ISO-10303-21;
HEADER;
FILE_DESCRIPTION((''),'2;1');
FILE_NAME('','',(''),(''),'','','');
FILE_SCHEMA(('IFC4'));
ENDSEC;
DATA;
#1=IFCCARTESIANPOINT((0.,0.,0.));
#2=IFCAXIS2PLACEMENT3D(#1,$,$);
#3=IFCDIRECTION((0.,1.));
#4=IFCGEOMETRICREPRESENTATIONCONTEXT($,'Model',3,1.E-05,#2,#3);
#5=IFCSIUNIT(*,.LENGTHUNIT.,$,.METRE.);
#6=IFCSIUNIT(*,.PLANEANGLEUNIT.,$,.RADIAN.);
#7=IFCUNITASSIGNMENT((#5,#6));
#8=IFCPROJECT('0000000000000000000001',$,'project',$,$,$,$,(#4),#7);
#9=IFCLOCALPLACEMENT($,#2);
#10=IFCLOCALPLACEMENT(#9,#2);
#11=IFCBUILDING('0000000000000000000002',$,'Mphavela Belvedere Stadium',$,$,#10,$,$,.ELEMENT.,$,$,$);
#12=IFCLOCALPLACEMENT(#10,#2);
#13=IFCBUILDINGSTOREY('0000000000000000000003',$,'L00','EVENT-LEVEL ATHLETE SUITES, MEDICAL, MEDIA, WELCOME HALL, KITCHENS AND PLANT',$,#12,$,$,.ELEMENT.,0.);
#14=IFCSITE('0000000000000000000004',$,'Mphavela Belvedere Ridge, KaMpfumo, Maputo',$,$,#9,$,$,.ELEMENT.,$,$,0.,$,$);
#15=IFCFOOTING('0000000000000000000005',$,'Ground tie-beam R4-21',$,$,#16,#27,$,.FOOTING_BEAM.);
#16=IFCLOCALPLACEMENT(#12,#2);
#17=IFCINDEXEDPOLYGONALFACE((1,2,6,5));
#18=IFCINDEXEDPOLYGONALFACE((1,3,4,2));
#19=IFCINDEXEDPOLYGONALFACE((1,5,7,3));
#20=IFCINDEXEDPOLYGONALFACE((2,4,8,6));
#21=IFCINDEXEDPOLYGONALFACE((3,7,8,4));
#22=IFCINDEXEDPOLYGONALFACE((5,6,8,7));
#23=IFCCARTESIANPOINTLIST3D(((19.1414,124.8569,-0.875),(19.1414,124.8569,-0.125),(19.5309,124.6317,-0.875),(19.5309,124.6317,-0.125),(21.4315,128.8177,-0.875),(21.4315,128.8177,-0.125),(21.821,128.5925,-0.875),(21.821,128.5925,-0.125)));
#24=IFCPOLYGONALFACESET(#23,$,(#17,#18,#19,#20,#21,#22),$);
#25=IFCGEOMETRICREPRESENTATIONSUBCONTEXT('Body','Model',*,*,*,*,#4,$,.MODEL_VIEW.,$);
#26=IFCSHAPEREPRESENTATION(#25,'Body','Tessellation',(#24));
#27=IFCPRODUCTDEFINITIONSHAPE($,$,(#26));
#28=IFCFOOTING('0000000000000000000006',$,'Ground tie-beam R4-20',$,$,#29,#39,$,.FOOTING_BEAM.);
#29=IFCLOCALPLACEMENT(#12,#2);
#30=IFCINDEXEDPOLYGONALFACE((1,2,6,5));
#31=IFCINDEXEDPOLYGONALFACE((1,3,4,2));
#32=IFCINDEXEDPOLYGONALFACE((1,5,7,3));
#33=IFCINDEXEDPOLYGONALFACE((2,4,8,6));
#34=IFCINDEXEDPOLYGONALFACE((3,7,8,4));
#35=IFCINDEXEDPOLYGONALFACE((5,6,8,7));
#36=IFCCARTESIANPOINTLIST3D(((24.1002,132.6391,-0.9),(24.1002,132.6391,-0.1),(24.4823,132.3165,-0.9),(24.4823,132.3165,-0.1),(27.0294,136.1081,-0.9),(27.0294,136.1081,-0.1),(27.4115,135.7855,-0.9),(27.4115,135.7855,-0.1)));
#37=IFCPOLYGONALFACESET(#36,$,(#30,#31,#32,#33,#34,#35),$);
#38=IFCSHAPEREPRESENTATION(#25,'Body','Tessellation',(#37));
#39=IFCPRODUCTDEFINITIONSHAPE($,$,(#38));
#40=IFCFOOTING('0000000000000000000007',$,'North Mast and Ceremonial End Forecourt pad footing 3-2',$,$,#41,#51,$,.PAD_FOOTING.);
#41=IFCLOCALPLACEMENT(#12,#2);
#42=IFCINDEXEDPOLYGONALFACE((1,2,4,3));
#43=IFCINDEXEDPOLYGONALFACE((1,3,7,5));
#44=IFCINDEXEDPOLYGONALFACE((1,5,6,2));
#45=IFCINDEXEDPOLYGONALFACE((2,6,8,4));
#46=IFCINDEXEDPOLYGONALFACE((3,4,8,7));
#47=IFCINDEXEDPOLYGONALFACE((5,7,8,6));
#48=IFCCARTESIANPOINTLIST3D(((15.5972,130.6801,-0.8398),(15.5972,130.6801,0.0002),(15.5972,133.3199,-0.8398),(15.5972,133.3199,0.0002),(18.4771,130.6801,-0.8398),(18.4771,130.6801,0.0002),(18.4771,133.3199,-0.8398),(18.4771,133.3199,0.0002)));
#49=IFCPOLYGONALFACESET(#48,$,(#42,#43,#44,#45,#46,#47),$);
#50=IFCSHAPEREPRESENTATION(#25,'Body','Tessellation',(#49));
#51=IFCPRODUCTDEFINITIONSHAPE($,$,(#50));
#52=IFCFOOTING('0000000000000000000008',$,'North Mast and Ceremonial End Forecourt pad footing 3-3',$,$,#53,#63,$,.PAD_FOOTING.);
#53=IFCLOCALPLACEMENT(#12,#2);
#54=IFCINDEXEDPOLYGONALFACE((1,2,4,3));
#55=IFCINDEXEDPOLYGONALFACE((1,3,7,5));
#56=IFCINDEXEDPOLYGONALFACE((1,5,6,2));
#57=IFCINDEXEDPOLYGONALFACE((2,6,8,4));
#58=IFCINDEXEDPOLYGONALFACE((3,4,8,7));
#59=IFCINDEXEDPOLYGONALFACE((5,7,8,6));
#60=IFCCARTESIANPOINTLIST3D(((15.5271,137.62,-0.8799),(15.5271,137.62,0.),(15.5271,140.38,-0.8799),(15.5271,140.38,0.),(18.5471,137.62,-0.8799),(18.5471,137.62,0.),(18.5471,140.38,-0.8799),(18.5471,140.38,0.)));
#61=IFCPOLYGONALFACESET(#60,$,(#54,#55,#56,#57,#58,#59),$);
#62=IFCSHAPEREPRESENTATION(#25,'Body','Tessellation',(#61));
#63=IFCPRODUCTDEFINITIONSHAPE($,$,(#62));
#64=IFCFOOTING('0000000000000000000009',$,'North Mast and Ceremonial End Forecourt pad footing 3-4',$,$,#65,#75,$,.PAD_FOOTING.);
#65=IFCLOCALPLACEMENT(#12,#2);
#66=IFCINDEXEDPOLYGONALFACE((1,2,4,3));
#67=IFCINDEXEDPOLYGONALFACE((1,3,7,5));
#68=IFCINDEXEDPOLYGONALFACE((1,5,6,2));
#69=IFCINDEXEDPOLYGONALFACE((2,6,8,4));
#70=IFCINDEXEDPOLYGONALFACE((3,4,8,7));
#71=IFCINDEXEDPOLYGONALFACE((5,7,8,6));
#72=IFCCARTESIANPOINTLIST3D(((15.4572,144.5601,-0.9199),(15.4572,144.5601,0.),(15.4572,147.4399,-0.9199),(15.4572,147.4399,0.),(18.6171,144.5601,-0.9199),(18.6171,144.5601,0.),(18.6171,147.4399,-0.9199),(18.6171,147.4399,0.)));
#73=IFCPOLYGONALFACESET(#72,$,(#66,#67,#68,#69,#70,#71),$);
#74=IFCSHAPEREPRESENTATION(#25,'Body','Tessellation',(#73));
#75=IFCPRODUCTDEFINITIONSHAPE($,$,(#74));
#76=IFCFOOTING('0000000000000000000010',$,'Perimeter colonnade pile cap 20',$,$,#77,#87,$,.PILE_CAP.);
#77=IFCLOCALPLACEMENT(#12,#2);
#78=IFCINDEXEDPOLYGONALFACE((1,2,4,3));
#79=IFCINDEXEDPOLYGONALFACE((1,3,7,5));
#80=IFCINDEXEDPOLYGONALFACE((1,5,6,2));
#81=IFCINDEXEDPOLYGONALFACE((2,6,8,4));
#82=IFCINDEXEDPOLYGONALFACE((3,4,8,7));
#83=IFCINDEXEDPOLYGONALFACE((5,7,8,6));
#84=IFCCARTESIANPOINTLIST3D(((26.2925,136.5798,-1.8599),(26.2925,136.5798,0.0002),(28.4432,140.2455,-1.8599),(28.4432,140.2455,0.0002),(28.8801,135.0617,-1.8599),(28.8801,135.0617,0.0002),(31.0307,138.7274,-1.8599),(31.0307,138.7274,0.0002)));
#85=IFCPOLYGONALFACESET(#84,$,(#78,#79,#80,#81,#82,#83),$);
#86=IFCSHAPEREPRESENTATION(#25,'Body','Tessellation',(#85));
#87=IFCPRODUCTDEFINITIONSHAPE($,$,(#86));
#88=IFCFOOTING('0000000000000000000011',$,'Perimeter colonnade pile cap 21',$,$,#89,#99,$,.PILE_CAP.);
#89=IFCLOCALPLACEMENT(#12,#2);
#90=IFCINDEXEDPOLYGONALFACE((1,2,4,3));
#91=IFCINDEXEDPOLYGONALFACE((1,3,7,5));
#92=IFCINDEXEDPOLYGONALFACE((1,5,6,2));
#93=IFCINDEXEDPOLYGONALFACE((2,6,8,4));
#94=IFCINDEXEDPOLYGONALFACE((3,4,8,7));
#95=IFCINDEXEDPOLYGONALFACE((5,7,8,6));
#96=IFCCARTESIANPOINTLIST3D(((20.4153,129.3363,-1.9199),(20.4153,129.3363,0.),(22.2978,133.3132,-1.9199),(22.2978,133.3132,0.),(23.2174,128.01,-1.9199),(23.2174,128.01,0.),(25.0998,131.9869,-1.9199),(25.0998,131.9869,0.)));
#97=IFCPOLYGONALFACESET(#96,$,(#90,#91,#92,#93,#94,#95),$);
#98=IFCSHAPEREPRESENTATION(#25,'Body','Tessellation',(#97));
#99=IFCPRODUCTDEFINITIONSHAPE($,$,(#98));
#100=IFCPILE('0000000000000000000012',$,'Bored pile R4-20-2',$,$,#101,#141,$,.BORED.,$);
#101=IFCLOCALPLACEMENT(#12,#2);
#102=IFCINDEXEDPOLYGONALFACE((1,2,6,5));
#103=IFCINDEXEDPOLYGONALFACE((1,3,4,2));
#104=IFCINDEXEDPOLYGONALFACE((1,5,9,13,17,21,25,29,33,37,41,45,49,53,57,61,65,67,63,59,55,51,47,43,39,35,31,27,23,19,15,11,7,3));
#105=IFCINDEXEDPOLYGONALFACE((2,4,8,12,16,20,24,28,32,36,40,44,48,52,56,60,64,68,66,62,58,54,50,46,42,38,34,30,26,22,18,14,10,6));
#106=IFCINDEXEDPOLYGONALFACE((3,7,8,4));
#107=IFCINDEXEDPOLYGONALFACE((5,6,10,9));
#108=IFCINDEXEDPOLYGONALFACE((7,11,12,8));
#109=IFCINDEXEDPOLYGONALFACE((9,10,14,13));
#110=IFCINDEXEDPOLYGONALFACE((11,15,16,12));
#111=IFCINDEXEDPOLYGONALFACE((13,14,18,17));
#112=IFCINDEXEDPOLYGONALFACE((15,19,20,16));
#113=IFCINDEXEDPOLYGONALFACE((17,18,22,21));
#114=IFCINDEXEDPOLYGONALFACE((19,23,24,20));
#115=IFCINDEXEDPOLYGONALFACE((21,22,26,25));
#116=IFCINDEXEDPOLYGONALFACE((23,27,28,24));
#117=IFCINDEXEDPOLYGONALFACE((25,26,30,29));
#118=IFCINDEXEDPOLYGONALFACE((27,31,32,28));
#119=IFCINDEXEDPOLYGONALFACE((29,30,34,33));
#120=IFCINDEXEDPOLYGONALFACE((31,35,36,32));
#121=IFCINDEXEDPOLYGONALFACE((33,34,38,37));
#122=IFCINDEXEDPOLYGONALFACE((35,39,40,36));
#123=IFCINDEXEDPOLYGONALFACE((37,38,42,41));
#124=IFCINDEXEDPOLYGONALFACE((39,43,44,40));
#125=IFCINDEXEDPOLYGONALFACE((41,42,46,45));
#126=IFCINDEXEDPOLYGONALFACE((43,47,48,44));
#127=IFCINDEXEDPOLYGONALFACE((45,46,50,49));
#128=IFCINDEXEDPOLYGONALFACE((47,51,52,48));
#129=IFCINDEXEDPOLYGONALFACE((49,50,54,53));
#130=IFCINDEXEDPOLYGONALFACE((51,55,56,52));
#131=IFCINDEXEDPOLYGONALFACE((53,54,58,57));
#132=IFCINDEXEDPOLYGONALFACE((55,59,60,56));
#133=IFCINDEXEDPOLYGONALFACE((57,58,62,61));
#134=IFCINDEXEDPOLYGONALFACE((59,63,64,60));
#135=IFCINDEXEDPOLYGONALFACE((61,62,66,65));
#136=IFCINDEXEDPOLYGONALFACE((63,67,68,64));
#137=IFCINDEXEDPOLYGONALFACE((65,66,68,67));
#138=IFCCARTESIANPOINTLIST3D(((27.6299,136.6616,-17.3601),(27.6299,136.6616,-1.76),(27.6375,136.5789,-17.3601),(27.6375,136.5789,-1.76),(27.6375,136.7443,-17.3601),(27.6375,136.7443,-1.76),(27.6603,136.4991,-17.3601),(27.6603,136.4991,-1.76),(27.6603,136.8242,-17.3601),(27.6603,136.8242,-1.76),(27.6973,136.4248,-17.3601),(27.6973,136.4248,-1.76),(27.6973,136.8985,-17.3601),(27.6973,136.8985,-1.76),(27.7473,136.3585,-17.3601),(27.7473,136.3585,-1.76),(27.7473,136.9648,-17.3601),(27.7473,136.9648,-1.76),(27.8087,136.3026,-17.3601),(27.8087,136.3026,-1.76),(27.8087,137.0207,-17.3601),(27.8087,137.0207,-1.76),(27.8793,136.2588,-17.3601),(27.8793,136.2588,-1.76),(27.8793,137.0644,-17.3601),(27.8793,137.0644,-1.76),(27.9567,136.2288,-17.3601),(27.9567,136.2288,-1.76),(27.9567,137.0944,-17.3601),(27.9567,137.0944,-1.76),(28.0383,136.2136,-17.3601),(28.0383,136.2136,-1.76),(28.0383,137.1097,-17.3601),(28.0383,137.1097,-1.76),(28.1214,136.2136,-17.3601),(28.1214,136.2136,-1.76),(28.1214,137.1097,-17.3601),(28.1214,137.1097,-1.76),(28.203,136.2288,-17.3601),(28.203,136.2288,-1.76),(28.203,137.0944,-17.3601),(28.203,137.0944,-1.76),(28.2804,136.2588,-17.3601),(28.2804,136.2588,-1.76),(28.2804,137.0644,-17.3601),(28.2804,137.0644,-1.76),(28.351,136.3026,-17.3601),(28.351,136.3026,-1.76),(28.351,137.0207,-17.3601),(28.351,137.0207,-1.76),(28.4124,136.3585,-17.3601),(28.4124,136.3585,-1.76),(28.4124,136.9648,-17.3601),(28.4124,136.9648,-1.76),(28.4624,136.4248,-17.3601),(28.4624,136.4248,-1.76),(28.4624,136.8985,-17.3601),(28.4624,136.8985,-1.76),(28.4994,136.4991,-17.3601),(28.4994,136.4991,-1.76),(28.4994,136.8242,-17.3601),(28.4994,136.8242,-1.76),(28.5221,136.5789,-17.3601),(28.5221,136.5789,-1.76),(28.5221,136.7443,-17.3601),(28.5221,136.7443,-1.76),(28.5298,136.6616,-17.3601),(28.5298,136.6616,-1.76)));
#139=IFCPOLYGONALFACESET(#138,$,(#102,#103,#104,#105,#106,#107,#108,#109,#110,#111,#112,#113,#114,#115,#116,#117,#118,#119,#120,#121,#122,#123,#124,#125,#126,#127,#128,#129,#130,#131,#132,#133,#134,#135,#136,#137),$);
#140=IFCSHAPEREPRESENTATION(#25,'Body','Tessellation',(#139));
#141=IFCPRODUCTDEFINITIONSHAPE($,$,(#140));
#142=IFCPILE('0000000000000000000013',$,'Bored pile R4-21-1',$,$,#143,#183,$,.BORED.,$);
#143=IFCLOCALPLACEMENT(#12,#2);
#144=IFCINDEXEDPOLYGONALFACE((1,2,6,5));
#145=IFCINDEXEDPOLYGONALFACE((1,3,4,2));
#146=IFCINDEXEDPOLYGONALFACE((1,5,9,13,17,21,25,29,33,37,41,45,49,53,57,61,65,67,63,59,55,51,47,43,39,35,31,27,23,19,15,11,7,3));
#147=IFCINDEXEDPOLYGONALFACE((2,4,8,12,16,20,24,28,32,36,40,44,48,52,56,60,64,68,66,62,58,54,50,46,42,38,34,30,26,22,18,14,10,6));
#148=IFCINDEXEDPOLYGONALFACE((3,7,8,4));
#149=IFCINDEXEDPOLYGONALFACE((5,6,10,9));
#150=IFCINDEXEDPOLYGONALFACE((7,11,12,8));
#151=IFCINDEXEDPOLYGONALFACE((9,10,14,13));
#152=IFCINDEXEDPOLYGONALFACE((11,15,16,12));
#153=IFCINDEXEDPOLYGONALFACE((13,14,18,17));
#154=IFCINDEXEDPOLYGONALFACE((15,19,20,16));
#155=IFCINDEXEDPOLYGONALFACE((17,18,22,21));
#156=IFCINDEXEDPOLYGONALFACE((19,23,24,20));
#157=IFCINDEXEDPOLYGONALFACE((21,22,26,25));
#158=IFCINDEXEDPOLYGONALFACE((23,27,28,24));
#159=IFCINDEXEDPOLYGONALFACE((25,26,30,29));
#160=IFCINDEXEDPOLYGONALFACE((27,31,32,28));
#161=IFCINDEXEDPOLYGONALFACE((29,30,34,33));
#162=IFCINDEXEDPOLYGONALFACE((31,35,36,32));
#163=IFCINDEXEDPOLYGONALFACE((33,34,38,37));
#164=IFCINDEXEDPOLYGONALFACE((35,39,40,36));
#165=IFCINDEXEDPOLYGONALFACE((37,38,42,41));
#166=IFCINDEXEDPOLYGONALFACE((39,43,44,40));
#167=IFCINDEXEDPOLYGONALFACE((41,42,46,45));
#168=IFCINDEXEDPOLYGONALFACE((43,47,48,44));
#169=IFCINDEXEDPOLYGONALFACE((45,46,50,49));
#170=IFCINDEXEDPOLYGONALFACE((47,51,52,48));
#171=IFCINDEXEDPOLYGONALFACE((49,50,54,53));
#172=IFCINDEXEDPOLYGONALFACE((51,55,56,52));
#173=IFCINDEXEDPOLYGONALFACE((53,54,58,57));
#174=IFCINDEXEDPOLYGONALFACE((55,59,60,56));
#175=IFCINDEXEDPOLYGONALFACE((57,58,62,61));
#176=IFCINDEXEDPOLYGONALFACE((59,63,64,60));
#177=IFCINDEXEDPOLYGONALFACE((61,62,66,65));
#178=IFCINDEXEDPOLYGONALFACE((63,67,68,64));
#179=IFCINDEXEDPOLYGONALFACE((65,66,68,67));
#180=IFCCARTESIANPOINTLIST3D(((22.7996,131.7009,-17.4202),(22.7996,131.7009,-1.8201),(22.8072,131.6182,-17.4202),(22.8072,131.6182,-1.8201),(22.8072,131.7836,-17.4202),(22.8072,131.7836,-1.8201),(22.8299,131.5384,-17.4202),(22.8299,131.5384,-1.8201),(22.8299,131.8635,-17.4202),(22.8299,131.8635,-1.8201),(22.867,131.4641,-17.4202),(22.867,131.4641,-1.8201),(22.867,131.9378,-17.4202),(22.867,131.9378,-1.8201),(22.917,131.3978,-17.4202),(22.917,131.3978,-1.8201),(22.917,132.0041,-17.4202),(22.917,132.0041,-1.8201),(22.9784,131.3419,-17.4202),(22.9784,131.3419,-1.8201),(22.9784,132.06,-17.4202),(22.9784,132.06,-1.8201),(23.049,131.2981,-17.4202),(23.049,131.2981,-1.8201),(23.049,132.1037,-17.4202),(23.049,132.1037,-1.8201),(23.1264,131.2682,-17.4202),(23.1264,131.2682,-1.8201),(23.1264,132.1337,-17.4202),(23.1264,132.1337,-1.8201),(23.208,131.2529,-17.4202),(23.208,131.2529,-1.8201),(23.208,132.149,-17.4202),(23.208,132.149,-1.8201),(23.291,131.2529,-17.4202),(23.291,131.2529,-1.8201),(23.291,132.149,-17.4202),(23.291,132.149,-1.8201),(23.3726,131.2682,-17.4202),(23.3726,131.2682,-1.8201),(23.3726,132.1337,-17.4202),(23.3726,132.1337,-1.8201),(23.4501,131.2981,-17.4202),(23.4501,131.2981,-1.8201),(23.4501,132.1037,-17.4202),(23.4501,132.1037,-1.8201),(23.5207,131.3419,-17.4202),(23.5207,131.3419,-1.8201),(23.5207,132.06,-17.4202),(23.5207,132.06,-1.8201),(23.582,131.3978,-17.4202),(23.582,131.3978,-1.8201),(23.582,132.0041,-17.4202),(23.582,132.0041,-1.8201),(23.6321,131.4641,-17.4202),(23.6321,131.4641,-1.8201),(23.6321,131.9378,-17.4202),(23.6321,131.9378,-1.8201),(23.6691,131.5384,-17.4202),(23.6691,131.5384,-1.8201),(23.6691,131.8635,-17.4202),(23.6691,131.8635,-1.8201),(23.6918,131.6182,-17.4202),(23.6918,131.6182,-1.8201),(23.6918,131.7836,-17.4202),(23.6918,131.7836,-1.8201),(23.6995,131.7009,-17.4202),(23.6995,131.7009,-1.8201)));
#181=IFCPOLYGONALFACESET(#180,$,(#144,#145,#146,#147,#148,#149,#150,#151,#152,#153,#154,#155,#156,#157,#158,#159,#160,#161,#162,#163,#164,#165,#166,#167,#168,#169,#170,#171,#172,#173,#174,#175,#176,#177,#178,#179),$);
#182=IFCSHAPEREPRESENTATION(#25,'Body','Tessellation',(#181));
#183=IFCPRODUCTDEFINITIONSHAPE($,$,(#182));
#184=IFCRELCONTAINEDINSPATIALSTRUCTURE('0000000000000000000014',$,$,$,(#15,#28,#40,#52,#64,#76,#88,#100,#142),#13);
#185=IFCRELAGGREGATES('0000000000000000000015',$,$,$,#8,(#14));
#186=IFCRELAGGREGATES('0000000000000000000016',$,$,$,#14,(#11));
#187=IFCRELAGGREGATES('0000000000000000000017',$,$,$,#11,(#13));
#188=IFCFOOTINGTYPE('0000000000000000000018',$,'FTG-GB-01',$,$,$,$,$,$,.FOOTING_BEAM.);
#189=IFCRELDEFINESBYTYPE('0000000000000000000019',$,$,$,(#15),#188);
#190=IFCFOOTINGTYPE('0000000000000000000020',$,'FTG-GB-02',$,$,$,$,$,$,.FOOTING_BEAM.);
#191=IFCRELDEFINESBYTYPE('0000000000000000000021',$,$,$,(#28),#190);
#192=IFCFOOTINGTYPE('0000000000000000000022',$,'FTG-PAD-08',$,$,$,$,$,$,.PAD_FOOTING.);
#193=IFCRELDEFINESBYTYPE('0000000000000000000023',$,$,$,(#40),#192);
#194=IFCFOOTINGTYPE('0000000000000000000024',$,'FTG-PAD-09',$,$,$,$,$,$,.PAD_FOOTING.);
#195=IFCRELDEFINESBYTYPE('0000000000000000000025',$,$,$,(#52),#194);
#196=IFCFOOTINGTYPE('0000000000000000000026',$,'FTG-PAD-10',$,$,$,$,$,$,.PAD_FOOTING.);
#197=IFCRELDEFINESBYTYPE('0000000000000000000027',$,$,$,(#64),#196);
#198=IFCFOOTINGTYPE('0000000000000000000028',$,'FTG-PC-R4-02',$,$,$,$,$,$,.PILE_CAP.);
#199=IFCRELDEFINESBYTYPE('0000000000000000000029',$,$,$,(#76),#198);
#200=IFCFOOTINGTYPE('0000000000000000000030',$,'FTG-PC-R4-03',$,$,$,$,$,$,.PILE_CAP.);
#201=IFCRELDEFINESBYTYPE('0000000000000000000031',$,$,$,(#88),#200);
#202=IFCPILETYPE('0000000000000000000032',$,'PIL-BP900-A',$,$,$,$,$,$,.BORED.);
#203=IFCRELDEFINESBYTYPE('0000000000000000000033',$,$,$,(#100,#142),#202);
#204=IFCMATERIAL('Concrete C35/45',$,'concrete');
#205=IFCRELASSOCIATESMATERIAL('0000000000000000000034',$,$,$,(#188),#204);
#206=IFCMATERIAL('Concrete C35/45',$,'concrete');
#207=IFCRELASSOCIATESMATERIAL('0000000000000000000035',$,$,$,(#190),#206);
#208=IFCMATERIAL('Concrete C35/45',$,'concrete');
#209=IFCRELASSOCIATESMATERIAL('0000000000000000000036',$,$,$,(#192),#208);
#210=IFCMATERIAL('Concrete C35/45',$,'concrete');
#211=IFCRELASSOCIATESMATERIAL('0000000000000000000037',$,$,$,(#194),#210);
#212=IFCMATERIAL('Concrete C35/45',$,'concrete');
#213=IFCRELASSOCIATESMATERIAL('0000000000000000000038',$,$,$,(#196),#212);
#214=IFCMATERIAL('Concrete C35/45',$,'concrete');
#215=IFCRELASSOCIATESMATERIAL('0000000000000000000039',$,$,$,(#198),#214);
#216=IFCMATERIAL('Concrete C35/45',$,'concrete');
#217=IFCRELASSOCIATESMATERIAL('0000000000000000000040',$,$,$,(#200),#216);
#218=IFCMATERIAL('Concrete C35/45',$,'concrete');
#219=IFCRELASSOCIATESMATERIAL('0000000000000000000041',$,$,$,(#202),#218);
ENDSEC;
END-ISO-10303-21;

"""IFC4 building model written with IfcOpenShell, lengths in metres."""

from ifc_helpers import new_model, si_unit, direction, frame, origin, origin_2d, place, context, subcontext, project, spatial, rectangle, circle, extrude, material, material_profile, profile_set, type_object, element, save


model = new_model("IFC4")

# Units and contexts
model_context = context("Model", 3, precision=1e-05, world=origin(), true_north=direction((0.0, 1.0)))
body_context = subcontext(model_context, "Body", "Model", "MODEL_VIEW")
ifc_project = project(units=[si_unit("LENGTHUNIT", "METRE"), si_unit("PLANEANGLEUNIT", "RADIAN")], contexts=[model_context])

# Site, building, storey
site_placement = place(None, origin())
site = spatial("IfcSite", under=ifc_project, at=site_placement, Name="Mphavela Belvedere Ridge, KaMpfumo, Maputo", CompositionType="ELEMENT", RefElevation=0.0)
building_placement = place(site_placement, origin())
building = spatial("IfcBuilding", under=site, at=building_placement, Name="Mphavela Belvedere Stadium", CompositionType="ELEMENT")
storey_placement = place(building_placement, origin())
storey = spatial("IfcBuildingStorey", under=building, at=storey_placement, Name="L00", Description="EVENT-LEVEL ATHLETE SUITES, MEDICAL, MEDIA, WELCOME HALL, KITCHENS AND PLANT", CompositionType="ELEMENT", Elevation=0.0)

# Footings
ifc_material_1 = material(Name="Concrete C35/45", Category="concrete")
ifc_material_profile_1 = material_profile(ifc_material_1, rectangle(XDim=0.45, YDim=0.75, at=origin_2d()), Name="GB 450x750")
ifc_profile_set_1 = profile_set([ifc_material_profile_1], Name="Concrete C35/45")
footing_type_1 = type_object("IfcFootingType", Name="FTG-GB-01", PredefinedType="FOOTING_BEAM", material=ifc_profile_set_1)
footing_1_placement = place(storey_placement, frame((21.6262, 128.7051, -0.5), z_axis=(-0.500546, -0.86571, 0.0), x_axis=(0.86571, -0.500546, 0.0)))
element("IfcFooting", 1, at=footing_1_placement, inside=storey, type_object=footing_type_1, Name="Ground tie-beam R4-21", PredefinedType="FOOTING_BEAM", context=body_context, shape_type="SweptSolid", body=[
    extrude(rectangle(XDim=0.45, YDim=0.75, at=origin_2d()), origin(), (0.0, 0.0, 1.0), 4.5752),
])
ifc_material_2 = material(Name="Concrete C35/45", Category="concrete")
ifc_material_profile_2 = material_profile(ifc_material_2, rectangle(XDim=0.5, YDim=0.8, at=origin_2d()), Name="GB 500x800")
ifc_profile_set_2 = profile_set([ifc_material_profile_2], Name="Concrete C35/45")
footing_type_2 = type_object("IfcFootingType", Name="FTG-GB-02", PredefinedType="FOOTING_BEAM", material=ifc_profile_set_2)
footing_2_placement = place(storey_placement, frame((27.2205, 135.9468, -0.5), z_axis=(-0.645158, -0.764049, 0.0), x_axis=(0.764049, -0.645158, 0.0)))
element("IfcFooting", 2, at=footing_2_placement, inside=storey, type_object=footing_type_2, Name="Ground tie-beam R4-20", PredefinedType="FOOTING_BEAM", context=body_context, shape_type="SweptSolid", body=[
    extrude(rectangle(XDim=0.5, YDim=0.8, at=origin_2d()), origin(), (0.0, 0.0, 1.0), 4.5403),
])
ifc_material_3 = material(Name="Concrete C35/45", Category="concrete")
footing_type_3 = type_object("IfcFootingType", Name="FTG-PAD-08", PredefinedType="PAD_FOOTING", material=ifc_material_3)
footing_3_placement = place(storey_placement, frame((17.0371, 132.0, -0.8398), z_axis=(0.0, 0.0, 1.0), x_axis=(1.0, 0.0, 0.0)))
element("IfcFooting", 3, at=footing_3_placement, inside=storey, type_object=footing_type_3, Name="North Mast and Ceremonial End Forecourt pad footing 3-2", PredefinedType="PAD_FOOTING", context=body_context, shape_type="SweptSolid", body=[
    extrude(rectangle(XDim=2.8799, YDim=2.6399, at=origin_2d()), origin(), (0.0, 0.0, 1.0), 0.8401),
])
ifc_material_4 = material(Name="Concrete C35/45", Category="concrete")
footing_type_4 = type_object("IfcFootingType", Name="FTG-PAD-09", PredefinedType="PAD_FOOTING", material=ifc_material_4)
footing_4_placement = place(storey_placement, frame((17.0371, 139.0, -0.8799), z_axis=(0.0, 0.0, 1.0), x_axis=(1.0, 0.0, 0.0)))
element("IfcFooting", 4, at=footing_4_placement, inside=storey, type_object=footing_type_4, Name="North Mast and Ceremonial End Forecourt pad footing 3-3", PredefinedType="PAD_FOOTING", context=body_context, shape_type="SweptSolid", body=[
    extrude(rectangle(XDim=3.02, YDim=2.76, at=origin_2d()), origin(), (0.0, 0.0, 1.0), 0.8799),
])
ifc_material_5 = material(Name="Concrete C35/45", Category="concrete")
footing_type_5 = type_object("IfcFootingType", Name="FTG-PAD-10", PredefinedType="PAD_FOOTING", material=ifc_material_5)
footing_5_placement = place(storey_placement, frame((17.0371, 146.0, -0.9199), z_axis=(0.0, 0.0, 1.0), x_axis=(1.0, 0.0, 0.0)))
element("IfcFooting", 5, at=footing_5_placement, inside=storey, type_object=footing_type_5, Name="North Mast and Ceremonial End Forecourt pad footing 3-4", PredefinedType="PAD_FOOTING", context=body_context, shape_type="SweptSolid", body=[
    extrude(rectangle(XDim=3.1599, YDim=2.8799, at=origin_2d()), origin(), (0.0, 0.0, 1.0), 0.9199),
])
ifc_material_6 = material(Name="Concrete C35/45", Category="concrete")
footing_type_6 = type_object("IfcFootingType", Name="FTG-PC-R4-02", PredefinedType="PILE_CAP", material=ifc_material_6)
footing_6_placement = place(storey_placement, frame((28.6616, 137.6536, -1.8599), z_axis=(0.0, 0.0, 1.0), x_axis=(-0.506034, -0.862514, 0.0)))
element("IfcFooting", 6, at=footing_6_placement, inside=storey, type_object=footing_type_6, Name="Perimeter colonnade pile cap 20", PredefinedType="PILE_CAP", context=body_context, shape_type="SweptSolid", body=[
    extrude(rectangle(XDim=4.25, YDim=3.0, at=origin_2d()), origin(), (0.0, 0.0, 1.0), 1.8601),
])
ifc_material_7 = material(Name="Concrete C35/45", Category="concrete")
footing_type_7 = type_object("IfcFootingType", Name="FTG-PC-R4-03", PredefinedType="PILE_CAP", material=ifc_material_7)
footing_7_placement = place(storey_placement, frame((22.7576, 130.6616, -1.9199), z_axis=(0.0, 0.0, 1.0), x_axis=(-0.427831, -0.903859, 0.0)))
element("IfcFooting", 7, at=footing_7_placement, inside=storey, type_object=footing_type_7, Name="Perimeter colonnade pile cap 21", PredefinedType="PILE_CAP", context=body_context, shape_type="SweptSolid", body=[
    extrude(rectangle(XDim=4.3999, YDim=3.1001, at=origin_2d()), origin(), (0.0, 0.0, 1.0), 1.9199),
])

# Piles
ifc_material_8 = material(Name="Concrete C35/45", Category="concrete")
ifc_material_profile_3 = material_profile(ifc_material_8, circle(Radius=0.45, at=origin_2d()), Name="BP D900")
ifc_profile_set_3 = profile_set([ifc_material_profile_3], Name="Concrete C35/45")
pile_type = type_object("IfcPileType", Name="PIL-BP900-A", PredefinedType="BORED", material=ifc_profile_set_3)
for number, where, z_axis, x_axis, name in (
    (8, (28.0798, 136.6616, -1.76), (0.0, 0.0, -1.0), (1.0, 0.0, 0.0), "Bored pile R4-20-2"),
    (9, (23.2495, 131.7009, -1.8201), (0.0, 0.0, -1.0), (1.0, 0.0, 0.0), "Bored pile R4-21-1"),
):
    element("IfcPile", number, at=place(storey_placement, frame(where, z_axis=z_axis, x_axis=x_axis)), inside=storey, type_object=pile_type, Name=name, PredefinedType="BORED", context=body_context, shape_type="SweptSolid", body=[
        extrude(circle(Radius=0.45, at=origin_2d()), origin(), (0.0, 0.0, 1.0), 15.6001),
    ])

save(model, "model.ifc")
